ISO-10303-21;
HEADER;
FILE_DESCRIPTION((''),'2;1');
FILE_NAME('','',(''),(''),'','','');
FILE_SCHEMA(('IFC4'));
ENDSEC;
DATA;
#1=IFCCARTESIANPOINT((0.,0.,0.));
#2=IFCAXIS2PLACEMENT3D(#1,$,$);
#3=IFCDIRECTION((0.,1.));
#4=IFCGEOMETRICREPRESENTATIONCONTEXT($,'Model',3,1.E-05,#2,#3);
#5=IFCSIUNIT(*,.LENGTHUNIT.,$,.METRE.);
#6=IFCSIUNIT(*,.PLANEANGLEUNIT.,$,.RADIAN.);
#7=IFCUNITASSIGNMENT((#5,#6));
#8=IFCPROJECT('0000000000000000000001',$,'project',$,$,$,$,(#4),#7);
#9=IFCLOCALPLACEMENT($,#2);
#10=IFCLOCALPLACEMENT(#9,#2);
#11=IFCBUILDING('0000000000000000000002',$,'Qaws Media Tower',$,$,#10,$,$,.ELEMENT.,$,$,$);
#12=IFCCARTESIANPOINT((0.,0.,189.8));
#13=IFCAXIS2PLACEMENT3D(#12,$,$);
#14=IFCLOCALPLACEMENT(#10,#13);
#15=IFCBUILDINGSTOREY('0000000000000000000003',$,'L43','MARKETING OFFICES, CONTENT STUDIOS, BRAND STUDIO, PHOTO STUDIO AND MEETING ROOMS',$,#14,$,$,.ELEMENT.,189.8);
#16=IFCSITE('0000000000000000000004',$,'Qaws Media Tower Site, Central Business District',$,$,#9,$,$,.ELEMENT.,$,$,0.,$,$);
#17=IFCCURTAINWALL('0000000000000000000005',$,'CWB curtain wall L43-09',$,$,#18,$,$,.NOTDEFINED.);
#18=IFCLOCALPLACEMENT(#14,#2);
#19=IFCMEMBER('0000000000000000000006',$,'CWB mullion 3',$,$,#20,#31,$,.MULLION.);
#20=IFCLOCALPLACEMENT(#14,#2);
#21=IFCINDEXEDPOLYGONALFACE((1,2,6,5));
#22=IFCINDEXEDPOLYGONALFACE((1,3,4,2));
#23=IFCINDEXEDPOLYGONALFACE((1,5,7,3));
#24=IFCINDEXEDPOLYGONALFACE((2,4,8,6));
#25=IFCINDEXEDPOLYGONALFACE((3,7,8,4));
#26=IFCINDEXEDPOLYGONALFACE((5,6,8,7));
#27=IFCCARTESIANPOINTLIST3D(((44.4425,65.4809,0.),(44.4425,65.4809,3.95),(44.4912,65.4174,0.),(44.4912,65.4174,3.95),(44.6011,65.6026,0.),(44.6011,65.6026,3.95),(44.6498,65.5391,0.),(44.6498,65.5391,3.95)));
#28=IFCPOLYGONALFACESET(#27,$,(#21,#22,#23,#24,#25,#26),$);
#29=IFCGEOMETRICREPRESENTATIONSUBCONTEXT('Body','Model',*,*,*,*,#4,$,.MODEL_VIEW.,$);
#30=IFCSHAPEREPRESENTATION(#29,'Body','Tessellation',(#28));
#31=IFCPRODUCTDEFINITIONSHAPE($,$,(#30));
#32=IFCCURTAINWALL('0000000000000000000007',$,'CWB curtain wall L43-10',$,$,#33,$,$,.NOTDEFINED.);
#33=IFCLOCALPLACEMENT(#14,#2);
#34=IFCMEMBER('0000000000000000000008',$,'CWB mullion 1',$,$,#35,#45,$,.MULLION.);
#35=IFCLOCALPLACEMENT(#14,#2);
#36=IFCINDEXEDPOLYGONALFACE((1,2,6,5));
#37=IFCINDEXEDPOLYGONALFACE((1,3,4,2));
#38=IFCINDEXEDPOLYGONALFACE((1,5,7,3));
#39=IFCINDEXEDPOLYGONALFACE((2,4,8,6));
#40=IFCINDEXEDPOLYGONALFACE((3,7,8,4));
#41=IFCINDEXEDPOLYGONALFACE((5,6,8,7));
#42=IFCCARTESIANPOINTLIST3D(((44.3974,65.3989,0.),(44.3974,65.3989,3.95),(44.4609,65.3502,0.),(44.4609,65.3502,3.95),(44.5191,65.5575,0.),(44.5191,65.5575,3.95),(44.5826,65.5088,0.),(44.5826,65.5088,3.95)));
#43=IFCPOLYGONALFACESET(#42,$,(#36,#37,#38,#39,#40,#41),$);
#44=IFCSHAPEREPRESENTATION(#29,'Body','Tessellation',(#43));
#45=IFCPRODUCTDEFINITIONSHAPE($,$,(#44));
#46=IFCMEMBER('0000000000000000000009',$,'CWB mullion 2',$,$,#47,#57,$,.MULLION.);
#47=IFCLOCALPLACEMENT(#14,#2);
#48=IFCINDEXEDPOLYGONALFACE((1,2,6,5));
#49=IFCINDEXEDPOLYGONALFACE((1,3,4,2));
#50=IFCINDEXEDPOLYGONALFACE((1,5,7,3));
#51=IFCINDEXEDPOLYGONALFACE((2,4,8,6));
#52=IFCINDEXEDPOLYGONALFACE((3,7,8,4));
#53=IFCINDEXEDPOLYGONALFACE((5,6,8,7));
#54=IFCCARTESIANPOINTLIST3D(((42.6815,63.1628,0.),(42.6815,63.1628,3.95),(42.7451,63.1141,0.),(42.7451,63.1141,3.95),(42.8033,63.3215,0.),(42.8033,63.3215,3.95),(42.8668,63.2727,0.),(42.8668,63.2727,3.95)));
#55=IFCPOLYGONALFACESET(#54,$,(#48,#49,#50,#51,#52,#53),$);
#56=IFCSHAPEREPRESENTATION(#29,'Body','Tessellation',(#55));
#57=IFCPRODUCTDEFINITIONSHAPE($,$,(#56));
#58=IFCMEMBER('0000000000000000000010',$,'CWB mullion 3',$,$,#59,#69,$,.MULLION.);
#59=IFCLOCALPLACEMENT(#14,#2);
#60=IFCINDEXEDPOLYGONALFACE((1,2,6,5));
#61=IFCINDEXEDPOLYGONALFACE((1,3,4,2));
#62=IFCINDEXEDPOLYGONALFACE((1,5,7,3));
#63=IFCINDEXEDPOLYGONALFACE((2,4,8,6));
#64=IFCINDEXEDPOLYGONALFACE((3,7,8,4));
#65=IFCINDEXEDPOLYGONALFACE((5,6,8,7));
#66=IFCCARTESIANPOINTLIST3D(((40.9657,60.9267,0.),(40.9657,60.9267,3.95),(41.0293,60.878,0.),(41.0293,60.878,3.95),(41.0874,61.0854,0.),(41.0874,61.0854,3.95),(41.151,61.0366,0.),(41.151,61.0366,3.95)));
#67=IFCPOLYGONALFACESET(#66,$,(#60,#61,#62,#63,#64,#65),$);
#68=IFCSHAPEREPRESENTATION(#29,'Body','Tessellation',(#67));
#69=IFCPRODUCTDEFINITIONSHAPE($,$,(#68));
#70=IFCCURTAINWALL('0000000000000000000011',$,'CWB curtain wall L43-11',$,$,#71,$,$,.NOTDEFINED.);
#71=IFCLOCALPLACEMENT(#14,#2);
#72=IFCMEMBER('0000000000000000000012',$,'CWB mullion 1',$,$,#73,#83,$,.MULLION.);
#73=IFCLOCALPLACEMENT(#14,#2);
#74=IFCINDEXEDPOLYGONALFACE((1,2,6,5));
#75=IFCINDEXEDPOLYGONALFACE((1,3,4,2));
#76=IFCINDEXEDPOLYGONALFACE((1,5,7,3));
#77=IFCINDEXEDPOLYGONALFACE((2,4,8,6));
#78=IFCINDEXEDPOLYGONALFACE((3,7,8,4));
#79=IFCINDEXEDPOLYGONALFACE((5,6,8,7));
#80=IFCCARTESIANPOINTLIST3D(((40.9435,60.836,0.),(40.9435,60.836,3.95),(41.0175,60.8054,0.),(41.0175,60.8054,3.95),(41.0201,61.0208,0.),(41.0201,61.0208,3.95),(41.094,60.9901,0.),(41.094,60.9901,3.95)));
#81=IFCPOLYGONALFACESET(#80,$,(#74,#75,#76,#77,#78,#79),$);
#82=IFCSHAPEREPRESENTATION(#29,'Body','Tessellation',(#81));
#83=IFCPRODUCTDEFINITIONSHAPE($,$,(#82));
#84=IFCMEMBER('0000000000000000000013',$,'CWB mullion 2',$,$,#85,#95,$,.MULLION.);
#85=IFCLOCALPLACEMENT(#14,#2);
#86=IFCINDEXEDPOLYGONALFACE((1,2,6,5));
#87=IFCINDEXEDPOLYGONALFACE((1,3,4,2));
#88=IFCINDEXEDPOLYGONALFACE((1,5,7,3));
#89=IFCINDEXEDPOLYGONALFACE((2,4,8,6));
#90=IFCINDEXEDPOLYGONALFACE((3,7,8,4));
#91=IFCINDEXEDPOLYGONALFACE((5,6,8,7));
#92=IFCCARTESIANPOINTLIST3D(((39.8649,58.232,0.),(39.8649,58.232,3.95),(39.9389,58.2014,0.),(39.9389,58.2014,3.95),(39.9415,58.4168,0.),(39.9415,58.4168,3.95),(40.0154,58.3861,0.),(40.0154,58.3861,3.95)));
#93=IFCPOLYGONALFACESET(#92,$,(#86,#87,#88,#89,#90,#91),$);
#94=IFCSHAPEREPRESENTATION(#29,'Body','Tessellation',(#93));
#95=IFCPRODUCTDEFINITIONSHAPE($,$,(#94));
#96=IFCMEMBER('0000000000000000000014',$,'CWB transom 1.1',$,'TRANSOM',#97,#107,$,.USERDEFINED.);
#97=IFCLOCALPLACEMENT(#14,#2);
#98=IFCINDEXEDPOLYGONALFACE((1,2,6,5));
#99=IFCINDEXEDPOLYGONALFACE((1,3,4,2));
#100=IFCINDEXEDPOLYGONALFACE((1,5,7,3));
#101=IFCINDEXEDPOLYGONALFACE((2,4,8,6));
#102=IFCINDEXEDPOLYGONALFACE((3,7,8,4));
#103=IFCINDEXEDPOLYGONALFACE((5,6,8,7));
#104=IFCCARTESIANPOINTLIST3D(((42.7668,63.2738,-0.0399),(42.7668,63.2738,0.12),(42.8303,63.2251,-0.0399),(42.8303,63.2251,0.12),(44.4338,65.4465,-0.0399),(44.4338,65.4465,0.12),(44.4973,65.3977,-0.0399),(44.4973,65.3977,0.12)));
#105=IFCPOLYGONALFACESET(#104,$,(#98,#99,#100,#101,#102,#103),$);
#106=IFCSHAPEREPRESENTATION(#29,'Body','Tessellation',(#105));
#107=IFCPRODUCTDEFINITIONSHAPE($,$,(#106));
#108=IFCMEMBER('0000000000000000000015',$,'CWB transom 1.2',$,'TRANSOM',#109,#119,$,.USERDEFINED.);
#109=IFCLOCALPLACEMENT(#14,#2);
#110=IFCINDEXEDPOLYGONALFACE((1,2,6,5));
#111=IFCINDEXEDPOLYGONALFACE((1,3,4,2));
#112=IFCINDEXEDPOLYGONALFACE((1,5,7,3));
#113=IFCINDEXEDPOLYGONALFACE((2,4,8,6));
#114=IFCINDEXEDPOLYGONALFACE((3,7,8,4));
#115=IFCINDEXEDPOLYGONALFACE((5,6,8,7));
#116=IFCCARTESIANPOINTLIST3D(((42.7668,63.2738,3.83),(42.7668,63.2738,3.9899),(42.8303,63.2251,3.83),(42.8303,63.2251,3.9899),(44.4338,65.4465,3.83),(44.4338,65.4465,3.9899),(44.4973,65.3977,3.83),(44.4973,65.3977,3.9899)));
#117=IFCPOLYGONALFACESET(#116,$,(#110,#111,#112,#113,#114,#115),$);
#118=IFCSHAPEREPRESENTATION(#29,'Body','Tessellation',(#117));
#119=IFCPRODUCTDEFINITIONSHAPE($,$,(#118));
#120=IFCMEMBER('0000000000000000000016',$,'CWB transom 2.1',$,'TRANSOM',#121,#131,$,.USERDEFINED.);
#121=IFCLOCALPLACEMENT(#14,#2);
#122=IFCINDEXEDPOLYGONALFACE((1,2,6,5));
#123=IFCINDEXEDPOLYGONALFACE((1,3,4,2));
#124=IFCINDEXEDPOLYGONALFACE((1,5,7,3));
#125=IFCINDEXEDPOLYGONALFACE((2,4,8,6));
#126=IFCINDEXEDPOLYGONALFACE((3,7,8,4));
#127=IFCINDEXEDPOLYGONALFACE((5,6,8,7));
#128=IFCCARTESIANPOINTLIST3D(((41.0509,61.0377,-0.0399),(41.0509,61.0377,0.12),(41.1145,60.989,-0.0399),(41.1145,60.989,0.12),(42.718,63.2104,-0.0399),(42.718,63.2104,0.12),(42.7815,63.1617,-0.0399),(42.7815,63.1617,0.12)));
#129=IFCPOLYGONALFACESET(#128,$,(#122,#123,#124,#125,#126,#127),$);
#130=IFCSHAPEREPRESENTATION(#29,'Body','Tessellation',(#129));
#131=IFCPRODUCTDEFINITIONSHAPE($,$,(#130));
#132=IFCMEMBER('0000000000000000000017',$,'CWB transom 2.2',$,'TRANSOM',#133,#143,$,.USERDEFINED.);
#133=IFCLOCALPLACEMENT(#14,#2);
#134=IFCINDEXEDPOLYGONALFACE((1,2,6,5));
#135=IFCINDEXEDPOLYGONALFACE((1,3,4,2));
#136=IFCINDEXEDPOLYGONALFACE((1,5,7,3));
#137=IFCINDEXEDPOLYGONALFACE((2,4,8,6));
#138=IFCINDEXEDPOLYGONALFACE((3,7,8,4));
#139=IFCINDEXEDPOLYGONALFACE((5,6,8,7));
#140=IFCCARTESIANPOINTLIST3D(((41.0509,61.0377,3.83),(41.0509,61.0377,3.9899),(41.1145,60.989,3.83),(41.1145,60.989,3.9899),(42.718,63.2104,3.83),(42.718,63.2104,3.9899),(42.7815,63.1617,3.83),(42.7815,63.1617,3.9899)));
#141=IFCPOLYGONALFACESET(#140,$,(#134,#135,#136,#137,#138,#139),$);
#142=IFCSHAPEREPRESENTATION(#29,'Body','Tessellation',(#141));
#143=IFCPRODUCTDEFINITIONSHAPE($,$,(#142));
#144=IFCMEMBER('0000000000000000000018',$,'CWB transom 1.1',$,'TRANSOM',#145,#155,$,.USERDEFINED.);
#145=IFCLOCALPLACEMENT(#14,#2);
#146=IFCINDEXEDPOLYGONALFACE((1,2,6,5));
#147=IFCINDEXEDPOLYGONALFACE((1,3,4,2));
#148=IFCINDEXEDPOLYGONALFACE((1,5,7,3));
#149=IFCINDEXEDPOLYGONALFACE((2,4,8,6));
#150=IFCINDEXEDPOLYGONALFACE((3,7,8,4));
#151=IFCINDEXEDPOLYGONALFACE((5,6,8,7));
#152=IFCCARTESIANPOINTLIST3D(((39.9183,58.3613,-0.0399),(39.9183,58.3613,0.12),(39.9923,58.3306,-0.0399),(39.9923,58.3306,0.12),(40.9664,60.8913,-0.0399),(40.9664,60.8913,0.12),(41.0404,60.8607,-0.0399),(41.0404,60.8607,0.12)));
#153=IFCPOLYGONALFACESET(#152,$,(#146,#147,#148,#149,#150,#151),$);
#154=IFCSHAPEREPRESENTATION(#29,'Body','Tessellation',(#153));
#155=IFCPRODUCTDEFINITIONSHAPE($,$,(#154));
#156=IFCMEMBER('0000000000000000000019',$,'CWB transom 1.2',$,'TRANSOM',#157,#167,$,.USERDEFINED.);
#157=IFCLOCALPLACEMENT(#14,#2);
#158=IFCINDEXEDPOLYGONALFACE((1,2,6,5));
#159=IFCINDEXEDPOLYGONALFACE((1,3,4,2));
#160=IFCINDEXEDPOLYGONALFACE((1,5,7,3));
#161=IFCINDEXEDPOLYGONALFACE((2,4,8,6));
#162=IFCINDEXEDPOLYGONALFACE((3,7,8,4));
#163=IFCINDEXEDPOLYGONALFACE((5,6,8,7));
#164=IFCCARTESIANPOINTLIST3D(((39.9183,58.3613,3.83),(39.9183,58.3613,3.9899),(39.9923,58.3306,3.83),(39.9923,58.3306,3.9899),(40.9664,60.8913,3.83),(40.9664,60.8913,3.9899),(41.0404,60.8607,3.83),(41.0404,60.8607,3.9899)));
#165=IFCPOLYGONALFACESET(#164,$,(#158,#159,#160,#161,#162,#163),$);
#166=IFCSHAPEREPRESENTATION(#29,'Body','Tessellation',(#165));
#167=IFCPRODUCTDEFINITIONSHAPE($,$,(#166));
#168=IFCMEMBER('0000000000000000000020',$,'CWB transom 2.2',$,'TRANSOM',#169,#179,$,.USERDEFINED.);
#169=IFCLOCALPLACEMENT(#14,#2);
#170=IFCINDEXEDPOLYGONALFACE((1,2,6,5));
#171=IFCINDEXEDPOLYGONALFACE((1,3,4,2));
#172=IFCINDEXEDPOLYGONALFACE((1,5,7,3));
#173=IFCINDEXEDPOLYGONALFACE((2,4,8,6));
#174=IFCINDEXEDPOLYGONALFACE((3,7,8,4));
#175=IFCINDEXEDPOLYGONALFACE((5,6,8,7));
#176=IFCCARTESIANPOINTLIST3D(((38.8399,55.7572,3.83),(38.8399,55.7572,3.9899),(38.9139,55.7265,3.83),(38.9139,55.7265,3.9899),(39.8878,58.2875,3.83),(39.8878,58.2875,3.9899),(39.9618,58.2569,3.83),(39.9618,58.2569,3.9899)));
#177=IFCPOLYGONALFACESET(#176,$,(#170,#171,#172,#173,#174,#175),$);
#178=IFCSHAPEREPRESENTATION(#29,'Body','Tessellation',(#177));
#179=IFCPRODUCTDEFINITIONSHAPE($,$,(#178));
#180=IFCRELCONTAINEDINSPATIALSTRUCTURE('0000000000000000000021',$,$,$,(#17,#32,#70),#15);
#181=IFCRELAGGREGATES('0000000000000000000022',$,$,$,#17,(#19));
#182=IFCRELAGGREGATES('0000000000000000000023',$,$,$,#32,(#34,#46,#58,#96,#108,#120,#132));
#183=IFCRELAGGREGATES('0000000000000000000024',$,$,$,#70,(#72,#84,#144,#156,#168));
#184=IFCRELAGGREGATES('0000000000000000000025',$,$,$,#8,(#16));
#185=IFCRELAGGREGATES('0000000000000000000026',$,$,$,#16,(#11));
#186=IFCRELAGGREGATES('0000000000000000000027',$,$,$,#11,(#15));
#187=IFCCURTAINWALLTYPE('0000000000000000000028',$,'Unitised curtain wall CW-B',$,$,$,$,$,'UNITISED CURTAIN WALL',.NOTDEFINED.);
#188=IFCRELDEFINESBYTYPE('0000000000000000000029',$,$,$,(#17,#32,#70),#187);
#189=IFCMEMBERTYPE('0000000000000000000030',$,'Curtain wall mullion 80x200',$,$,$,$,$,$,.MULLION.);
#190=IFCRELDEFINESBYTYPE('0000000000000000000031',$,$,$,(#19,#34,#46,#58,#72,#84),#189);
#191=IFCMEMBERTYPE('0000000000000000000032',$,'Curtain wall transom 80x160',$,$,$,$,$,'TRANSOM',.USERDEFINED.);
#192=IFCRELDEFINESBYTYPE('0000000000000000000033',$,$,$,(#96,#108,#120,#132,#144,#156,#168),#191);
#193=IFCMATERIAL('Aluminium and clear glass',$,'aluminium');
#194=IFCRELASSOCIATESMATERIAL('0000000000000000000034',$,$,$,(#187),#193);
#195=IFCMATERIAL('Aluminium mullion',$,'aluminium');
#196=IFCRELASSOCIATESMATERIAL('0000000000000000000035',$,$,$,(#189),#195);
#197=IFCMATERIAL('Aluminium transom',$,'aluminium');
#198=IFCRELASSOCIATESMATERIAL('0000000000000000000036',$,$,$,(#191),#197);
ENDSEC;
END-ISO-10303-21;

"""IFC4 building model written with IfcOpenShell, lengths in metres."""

from ifc_helpers import new_model, si_unit, direction, frame, origin, origin_2d, place, context, subcontext, project, spatial, rectangle, extrude, material, material_profile, profile_set, type_object, element, aggregate, save


model = new_model("IFC4")

# Units and contexts
model_context = context("Model", 3, precision=1e-05, world=origin(), true_north=direction((0.0, 1.0)))
body_context = subcontext(model_context, "Body", "Model", "MODEL_VIEW")
ifc_project = project(units=[si_unit("LENGTHUNIT", "METRE"), si_unit("PLANEANGLEUNIT", "RADIAN")], contexts=[model_context])

# Site, building, storey
site_placement = place(None, origin())
site = spatial("IfcSite", under=ifc_project, at=site_placement, Name="Qaws Media Tower Site, Central Business District", CompositionType="ELEMENT", RefElevation=0.0)
building_placement = place(site_placement, origin())
building = spatial("IfcBuilding", under=site, at=building_placement, Name="Qaws Media Tower", CompositionType="ELEMENT")
storey_placement = place(building_placement, frame((0.0, 0.0, 189.8)))
storey = spatial("IfcBuildingStorey", under=building, at=storey_placement, Name="L43", Description="MARKETING OFFICES, CONTENT STUDIOS, BRAND STUDIO, PHOTO STUDIO AND MEETING ROOMS", CompositionType="ELEMENT", Elevation=189.8)

# Curtain wall, member
ifc_material_1 = material(Name="Aluminium and clear glass", Category="aluminium")
curtain_wall_type = type_object("IfcCurtainWallType", Name="Unitised curtain wall CW-B", ElementType="UNITISED CURTAIN WALL", PredefinedType="NOTDEFINED", material=ifc_material_1)
curtain_wall_1_placement = place(storey_placement, origin())
curtain_wall_1 = element("IfcCurtainWall", 1, at=curtain_wall_1_placement, inside=storey, type_object=curtain_wall_type, Name="CWB curtain wall L43-09", PredefinedType="NOTDEFINED")
ifc_material_2 = material(Name="Aluminium mullion", Category="aluminium")
ifc_material_profile_1 = material_profile(ifc_material_2, rectangle(XDim=0.0801, YDim=0.2, at=origin_2d()), Name="80x200")
ifc_profile_set_1 = profile_set([ifc_material_profile_1], Name="Aluminium mullion")
member_type_1 = type_object("IfcMemberType", Name="Curtain wall mullion 80x200", PredefinedType="MULLION", material=ifc_profile_set_1)
member_1_placement = place(storey_placement, frame((44.5461, 65.51, 0.0), z_axis=(0.0, 0.0, 1.0), x_axis=(0.608761, -0.793353, 0.0)))
member_1 = element("IfcMember", 2, at=member_1_placement, type_object=member_type_1, Name="CWB mullion 3", PredefinedType="MULLION", context=body_context, shape_type="SweptSolid", body=[
    extrude(rectangle(XDim=0.0801, YDim=0.2, at=origin_2d()), origin(), (0.0, 0.0, 1.0), 3.95),
])

# Curtain walls, members
curtain_wall_2_placement = place(storey_placement, origin())
curtain_wall_2 = element("IfcCurtainWall", 3, at=curtain_wall_2_placement, inside=storey, type_object=curtain_wall_type, Name="CWB curtain wall L43-10", PredefinedType="NOTDEFINED")
member_2_placement = place(storey_placement, frame((44.49, 65.4539, 0.0), z_axis=(0.0, 0.0, 1.0), x_axis=(0.793353, -0.608761, 0.0)))
member_2 = element("IfcMember", 4, at=member_2_placement, type_object=member_type_1, Name="CWB mullion 1", PredefinedType="MULLION", context=body_context, shape_type="SweptSolid", body=[
    extrude(rectangle(XDim=0.0801, YDim=0.2, at=origin_2d()), origin(), (0.0, 0.0, 1.0), 3.95),
])
member_3_placement = place(storey_placement, frame((42.7742, 63.2178, 0.0), z_axis=(0.0, 0.0, 1.0), x_axis=(0.793353, -0.608761, 0.0)))
member_3 = element("IfcMember", 5, at=member_3_placement, type_object=member_type_1, Name="CWB mullion 2", PredefinedType="MULLION", context=body_context, shape_type="SweptSolid", body=[
    extrude(rectangle(XDim=0.0801, YDim=0.2, at=origin_2d()), origin(), (0.0, 0.0, 1.0), 3.95),
])
member_4_placement = place(storey_placement, frame((41.0583, 60.9817, 0.0), z_axis=(0.0, 0.0, 1.0), x_axis=(0.793353, -0.608761, 0.0)))
member_4 = element("IfcMember", 6, at=member_4_placement, type_object=member_type_1, Name="CWB mullion 3", PredefinedType="MULLION", context=body_context, shape_type="SweptSolid", body=[
    extrude(rectangle(XDim=0.0801, YDim=0.2, at=origin_2d()), origin(), (0.0, 0.0, 1.0), 3.95),
])
curtain_wall_3_placement = place(storey_placement, origin())
curtain_wall_3 = element("IfcCurtainWall", 7, at=curtain_wall_3_placement, inside=storey, type_object=curtain_wall_type, Name="CWB curtain wall L43-11", PredefinedType="NOTDEFINED")
member_5_placement = place(storey_placement, frame((41.0188, 60.9131, 0.0), z_axis=(0.0, 0.0, 1.0), x_axis=(0.923879, -0.382684, 0.0)))
member_5 = element("IfcMember", 8, at=member_5_placement, type_object=member_type_1, Name="CWB mullion 1", PredefinedType="MULLION", context=body_context, shape_type="SweptSolid", body=[
    extrude(rectangle(XDim=0.0801, YDim=0.2, at=origin_2d()), origin(), (0.0, 0.0, 1.0), 3.95),
])
member_6_placement = place(storey_placement, frame((39.9402, 58.3091, 0.0), z_axis=(0.0, 0.0, 1.0), x_axis=(0.923879, -0.382684, 0.0)))
member_6 = element("IfcMember", 9, at=member_6_placement, type_object=member_type_1, Name="CWB mullion 2", PredefinedType="MULLION", context=body_context, shape_type="SweptSolid", body=[
    extrude(rectangle(XDim=0.0801, YDim=0.2, at=origin_2d()), origin(), (0.0, 0.0, 1.0), 3.95),
])

# Members
ifc_material_3 = material(Name="Aluminium transom", Category="aluminium")
ifc_material_profile_2 = material_profile(ifc_material_3, rectangle(XDim=0.0801, YDim=0.1599, at=origin_2d()), Name="80x160")
ifc_profile_set_2 = profile_set([ifc_material_profile_2], Name="Aluminium transom")
member_type_2 = type_object("IfcMemberType", Name="Curtain wall transom 80x160", ElementType="TRANSOM", PredefinedType="USERDEFINED", material=ifc_profile_set_2)
member_7_placement = place(storey_placement, frame((44.4656, 65.4221, 0.04), z_axis=(-0.608737, -0.793372, 0.0), x_axis=(0.793372, -0.608737, 0.0)))
member_7 = element("IfcMember", 10, at=member_7_placement, type_object=member_type_2, Name="CWB transom 1.1", ObjectType="TRANSOM", PredefinedType="USERDEFINED", context=body_context, shape_type="SweptSolid", body=[
    extrude(rectangle(XDim=0.0801, YDim=0.1599, at=origin_2d()), origin(), (0.0, 0.0, 1.0), 2.7385),
])
member_8_placement = place(storey_placement, frame((44.4656, 65.4221, 3.9099), z_axis=(-0.608737, -0.793372, 0.0), x_axis=(0.793372, -0.608737, 0.0)))
member_8 = element("IfcMember", 11, at=member_8_placement, type_object=member_type_2, Name="CWB transom 1.2", ObjectType="TRANSOM", PredefinedType="USERDEFINED", context=body_context, shape_type="SweptSolid", body=[
    extrude(rectangle(XDim=0.0801, YDim=0.1599, at=origin_2d()), origin(), (0.0, 0.0, 1.0), 2.7385),
])
member_9_placement = place(storey_placement, frame((42.7498, 63.186, 0.04), z_axis=(-0.608737, -0.793372, 0.0), x_axis=(0.793372, -0.608737, 0.0)))
member_9 = element("IfcMember", 12, at=member_9_placement, type_object=member_type_2, Name="CWB transom 2.1", ObjectType="TRANSOM", PredefinedType="USERDEFINED", context=body_context, shape_type="SweptSolid", body=[
    extrude(rectangle(XDim=0.0801, YDim=0.1599, at=origin_2d()), origin(), (0.0, 0.0, 1.0), 2.7385),
])
member_10_placement = place(storey_placement, frame((42.7498, 63.186, 3.9099), z_axis=(-0.608737, -0.793372, 0.0), x_axis=(0.793372, -0.608737, 0.0)))
member_10 = element("IfcMember", 13, at=member_10_placement, type_object=member_type_2, Name="CWB transom 2.2", ObjectType="TRANSOM", PredefinedType="USERDEFINED", context=body_context, shape_type="SweptSolid", body=[
    extrude(rectangle(XDim=0.0801, YDim=0.1599, at=origin_2d()), origin(), (0.0, 0.0, 1.0), 2.7385),
])
member_11_placement = place(storey_placement, frame((41.0034, 60.876, 0.04), z_axis=(-0.382722, -0.923864, 0.0), x_axis=(0.923864, -0.382722, 0.0)))
member_11 = element("IfcMember", 14, at=member_11_placement, type_object=member_type_2, Name="CWB transom 1.1", ObjectType="TRANSOM", PredefinedType="USERDEFINED", context=body_context, shape_type="SweptSolid", body=[
    extrude(rectangle(XDim=0.0801, YDim=0.1599, at=origin_2d()), origin(), (0.0, 0.0, 1.0), 2.7385),
])
member_12_placement = place(storey_placement, frame((41.0034, 60.876, 3.9099), z_axis=(-0.382722, -0.923864, 0.0), x_axis=(0.923864, -0.382722, 0.0)))
member_12 = element("IfcMember", 15, at=member_12_placement, type_object=member_type_2, Name="CWB transom 1.2", ObjectType="TRANSOM", PredefinedType="USERDEFINED", context=body_context, shape_type="SweptSolid", body=[
    extrude(rectangle(XDim=0.0801, YDim=0.1599, at=origin_2d()), origin(), (0.0, 0.0, 1.0), 2.7385),
])
member_13_placement = place(storey_placement, frame((39.9248, 58.2722, 3.9099), z_axis=(-0.382614, -0.923908, 0.0), x_axis=(0.923908, -0.382614, 0.0)))
member_13 = element("IfcMember", 16, at=member_13_placement, type_object=member_type_2, Name="CWB transom 2.2", ObjectType="TRANSOM", PredefinedType="USERDEFINED", context=body_context, shape_type="SweptSolid", body=[
    extrude(rectangle(XDim=0.0801, YDim=0.1599, at=origin_2d()), origin(), (0.0, 0.0, 1.0), 2.7388),
])

aggregate(curtain_wall_1, [member_1])
aggregate(curtain_wall_2, [member_2, member_3, member_4, member_7, member_8, member_9, member_10])
aggregate(curtain_wall_3, [member_5, member_6, member_11, member_12, member_13])

save(model, "model.ifc")
